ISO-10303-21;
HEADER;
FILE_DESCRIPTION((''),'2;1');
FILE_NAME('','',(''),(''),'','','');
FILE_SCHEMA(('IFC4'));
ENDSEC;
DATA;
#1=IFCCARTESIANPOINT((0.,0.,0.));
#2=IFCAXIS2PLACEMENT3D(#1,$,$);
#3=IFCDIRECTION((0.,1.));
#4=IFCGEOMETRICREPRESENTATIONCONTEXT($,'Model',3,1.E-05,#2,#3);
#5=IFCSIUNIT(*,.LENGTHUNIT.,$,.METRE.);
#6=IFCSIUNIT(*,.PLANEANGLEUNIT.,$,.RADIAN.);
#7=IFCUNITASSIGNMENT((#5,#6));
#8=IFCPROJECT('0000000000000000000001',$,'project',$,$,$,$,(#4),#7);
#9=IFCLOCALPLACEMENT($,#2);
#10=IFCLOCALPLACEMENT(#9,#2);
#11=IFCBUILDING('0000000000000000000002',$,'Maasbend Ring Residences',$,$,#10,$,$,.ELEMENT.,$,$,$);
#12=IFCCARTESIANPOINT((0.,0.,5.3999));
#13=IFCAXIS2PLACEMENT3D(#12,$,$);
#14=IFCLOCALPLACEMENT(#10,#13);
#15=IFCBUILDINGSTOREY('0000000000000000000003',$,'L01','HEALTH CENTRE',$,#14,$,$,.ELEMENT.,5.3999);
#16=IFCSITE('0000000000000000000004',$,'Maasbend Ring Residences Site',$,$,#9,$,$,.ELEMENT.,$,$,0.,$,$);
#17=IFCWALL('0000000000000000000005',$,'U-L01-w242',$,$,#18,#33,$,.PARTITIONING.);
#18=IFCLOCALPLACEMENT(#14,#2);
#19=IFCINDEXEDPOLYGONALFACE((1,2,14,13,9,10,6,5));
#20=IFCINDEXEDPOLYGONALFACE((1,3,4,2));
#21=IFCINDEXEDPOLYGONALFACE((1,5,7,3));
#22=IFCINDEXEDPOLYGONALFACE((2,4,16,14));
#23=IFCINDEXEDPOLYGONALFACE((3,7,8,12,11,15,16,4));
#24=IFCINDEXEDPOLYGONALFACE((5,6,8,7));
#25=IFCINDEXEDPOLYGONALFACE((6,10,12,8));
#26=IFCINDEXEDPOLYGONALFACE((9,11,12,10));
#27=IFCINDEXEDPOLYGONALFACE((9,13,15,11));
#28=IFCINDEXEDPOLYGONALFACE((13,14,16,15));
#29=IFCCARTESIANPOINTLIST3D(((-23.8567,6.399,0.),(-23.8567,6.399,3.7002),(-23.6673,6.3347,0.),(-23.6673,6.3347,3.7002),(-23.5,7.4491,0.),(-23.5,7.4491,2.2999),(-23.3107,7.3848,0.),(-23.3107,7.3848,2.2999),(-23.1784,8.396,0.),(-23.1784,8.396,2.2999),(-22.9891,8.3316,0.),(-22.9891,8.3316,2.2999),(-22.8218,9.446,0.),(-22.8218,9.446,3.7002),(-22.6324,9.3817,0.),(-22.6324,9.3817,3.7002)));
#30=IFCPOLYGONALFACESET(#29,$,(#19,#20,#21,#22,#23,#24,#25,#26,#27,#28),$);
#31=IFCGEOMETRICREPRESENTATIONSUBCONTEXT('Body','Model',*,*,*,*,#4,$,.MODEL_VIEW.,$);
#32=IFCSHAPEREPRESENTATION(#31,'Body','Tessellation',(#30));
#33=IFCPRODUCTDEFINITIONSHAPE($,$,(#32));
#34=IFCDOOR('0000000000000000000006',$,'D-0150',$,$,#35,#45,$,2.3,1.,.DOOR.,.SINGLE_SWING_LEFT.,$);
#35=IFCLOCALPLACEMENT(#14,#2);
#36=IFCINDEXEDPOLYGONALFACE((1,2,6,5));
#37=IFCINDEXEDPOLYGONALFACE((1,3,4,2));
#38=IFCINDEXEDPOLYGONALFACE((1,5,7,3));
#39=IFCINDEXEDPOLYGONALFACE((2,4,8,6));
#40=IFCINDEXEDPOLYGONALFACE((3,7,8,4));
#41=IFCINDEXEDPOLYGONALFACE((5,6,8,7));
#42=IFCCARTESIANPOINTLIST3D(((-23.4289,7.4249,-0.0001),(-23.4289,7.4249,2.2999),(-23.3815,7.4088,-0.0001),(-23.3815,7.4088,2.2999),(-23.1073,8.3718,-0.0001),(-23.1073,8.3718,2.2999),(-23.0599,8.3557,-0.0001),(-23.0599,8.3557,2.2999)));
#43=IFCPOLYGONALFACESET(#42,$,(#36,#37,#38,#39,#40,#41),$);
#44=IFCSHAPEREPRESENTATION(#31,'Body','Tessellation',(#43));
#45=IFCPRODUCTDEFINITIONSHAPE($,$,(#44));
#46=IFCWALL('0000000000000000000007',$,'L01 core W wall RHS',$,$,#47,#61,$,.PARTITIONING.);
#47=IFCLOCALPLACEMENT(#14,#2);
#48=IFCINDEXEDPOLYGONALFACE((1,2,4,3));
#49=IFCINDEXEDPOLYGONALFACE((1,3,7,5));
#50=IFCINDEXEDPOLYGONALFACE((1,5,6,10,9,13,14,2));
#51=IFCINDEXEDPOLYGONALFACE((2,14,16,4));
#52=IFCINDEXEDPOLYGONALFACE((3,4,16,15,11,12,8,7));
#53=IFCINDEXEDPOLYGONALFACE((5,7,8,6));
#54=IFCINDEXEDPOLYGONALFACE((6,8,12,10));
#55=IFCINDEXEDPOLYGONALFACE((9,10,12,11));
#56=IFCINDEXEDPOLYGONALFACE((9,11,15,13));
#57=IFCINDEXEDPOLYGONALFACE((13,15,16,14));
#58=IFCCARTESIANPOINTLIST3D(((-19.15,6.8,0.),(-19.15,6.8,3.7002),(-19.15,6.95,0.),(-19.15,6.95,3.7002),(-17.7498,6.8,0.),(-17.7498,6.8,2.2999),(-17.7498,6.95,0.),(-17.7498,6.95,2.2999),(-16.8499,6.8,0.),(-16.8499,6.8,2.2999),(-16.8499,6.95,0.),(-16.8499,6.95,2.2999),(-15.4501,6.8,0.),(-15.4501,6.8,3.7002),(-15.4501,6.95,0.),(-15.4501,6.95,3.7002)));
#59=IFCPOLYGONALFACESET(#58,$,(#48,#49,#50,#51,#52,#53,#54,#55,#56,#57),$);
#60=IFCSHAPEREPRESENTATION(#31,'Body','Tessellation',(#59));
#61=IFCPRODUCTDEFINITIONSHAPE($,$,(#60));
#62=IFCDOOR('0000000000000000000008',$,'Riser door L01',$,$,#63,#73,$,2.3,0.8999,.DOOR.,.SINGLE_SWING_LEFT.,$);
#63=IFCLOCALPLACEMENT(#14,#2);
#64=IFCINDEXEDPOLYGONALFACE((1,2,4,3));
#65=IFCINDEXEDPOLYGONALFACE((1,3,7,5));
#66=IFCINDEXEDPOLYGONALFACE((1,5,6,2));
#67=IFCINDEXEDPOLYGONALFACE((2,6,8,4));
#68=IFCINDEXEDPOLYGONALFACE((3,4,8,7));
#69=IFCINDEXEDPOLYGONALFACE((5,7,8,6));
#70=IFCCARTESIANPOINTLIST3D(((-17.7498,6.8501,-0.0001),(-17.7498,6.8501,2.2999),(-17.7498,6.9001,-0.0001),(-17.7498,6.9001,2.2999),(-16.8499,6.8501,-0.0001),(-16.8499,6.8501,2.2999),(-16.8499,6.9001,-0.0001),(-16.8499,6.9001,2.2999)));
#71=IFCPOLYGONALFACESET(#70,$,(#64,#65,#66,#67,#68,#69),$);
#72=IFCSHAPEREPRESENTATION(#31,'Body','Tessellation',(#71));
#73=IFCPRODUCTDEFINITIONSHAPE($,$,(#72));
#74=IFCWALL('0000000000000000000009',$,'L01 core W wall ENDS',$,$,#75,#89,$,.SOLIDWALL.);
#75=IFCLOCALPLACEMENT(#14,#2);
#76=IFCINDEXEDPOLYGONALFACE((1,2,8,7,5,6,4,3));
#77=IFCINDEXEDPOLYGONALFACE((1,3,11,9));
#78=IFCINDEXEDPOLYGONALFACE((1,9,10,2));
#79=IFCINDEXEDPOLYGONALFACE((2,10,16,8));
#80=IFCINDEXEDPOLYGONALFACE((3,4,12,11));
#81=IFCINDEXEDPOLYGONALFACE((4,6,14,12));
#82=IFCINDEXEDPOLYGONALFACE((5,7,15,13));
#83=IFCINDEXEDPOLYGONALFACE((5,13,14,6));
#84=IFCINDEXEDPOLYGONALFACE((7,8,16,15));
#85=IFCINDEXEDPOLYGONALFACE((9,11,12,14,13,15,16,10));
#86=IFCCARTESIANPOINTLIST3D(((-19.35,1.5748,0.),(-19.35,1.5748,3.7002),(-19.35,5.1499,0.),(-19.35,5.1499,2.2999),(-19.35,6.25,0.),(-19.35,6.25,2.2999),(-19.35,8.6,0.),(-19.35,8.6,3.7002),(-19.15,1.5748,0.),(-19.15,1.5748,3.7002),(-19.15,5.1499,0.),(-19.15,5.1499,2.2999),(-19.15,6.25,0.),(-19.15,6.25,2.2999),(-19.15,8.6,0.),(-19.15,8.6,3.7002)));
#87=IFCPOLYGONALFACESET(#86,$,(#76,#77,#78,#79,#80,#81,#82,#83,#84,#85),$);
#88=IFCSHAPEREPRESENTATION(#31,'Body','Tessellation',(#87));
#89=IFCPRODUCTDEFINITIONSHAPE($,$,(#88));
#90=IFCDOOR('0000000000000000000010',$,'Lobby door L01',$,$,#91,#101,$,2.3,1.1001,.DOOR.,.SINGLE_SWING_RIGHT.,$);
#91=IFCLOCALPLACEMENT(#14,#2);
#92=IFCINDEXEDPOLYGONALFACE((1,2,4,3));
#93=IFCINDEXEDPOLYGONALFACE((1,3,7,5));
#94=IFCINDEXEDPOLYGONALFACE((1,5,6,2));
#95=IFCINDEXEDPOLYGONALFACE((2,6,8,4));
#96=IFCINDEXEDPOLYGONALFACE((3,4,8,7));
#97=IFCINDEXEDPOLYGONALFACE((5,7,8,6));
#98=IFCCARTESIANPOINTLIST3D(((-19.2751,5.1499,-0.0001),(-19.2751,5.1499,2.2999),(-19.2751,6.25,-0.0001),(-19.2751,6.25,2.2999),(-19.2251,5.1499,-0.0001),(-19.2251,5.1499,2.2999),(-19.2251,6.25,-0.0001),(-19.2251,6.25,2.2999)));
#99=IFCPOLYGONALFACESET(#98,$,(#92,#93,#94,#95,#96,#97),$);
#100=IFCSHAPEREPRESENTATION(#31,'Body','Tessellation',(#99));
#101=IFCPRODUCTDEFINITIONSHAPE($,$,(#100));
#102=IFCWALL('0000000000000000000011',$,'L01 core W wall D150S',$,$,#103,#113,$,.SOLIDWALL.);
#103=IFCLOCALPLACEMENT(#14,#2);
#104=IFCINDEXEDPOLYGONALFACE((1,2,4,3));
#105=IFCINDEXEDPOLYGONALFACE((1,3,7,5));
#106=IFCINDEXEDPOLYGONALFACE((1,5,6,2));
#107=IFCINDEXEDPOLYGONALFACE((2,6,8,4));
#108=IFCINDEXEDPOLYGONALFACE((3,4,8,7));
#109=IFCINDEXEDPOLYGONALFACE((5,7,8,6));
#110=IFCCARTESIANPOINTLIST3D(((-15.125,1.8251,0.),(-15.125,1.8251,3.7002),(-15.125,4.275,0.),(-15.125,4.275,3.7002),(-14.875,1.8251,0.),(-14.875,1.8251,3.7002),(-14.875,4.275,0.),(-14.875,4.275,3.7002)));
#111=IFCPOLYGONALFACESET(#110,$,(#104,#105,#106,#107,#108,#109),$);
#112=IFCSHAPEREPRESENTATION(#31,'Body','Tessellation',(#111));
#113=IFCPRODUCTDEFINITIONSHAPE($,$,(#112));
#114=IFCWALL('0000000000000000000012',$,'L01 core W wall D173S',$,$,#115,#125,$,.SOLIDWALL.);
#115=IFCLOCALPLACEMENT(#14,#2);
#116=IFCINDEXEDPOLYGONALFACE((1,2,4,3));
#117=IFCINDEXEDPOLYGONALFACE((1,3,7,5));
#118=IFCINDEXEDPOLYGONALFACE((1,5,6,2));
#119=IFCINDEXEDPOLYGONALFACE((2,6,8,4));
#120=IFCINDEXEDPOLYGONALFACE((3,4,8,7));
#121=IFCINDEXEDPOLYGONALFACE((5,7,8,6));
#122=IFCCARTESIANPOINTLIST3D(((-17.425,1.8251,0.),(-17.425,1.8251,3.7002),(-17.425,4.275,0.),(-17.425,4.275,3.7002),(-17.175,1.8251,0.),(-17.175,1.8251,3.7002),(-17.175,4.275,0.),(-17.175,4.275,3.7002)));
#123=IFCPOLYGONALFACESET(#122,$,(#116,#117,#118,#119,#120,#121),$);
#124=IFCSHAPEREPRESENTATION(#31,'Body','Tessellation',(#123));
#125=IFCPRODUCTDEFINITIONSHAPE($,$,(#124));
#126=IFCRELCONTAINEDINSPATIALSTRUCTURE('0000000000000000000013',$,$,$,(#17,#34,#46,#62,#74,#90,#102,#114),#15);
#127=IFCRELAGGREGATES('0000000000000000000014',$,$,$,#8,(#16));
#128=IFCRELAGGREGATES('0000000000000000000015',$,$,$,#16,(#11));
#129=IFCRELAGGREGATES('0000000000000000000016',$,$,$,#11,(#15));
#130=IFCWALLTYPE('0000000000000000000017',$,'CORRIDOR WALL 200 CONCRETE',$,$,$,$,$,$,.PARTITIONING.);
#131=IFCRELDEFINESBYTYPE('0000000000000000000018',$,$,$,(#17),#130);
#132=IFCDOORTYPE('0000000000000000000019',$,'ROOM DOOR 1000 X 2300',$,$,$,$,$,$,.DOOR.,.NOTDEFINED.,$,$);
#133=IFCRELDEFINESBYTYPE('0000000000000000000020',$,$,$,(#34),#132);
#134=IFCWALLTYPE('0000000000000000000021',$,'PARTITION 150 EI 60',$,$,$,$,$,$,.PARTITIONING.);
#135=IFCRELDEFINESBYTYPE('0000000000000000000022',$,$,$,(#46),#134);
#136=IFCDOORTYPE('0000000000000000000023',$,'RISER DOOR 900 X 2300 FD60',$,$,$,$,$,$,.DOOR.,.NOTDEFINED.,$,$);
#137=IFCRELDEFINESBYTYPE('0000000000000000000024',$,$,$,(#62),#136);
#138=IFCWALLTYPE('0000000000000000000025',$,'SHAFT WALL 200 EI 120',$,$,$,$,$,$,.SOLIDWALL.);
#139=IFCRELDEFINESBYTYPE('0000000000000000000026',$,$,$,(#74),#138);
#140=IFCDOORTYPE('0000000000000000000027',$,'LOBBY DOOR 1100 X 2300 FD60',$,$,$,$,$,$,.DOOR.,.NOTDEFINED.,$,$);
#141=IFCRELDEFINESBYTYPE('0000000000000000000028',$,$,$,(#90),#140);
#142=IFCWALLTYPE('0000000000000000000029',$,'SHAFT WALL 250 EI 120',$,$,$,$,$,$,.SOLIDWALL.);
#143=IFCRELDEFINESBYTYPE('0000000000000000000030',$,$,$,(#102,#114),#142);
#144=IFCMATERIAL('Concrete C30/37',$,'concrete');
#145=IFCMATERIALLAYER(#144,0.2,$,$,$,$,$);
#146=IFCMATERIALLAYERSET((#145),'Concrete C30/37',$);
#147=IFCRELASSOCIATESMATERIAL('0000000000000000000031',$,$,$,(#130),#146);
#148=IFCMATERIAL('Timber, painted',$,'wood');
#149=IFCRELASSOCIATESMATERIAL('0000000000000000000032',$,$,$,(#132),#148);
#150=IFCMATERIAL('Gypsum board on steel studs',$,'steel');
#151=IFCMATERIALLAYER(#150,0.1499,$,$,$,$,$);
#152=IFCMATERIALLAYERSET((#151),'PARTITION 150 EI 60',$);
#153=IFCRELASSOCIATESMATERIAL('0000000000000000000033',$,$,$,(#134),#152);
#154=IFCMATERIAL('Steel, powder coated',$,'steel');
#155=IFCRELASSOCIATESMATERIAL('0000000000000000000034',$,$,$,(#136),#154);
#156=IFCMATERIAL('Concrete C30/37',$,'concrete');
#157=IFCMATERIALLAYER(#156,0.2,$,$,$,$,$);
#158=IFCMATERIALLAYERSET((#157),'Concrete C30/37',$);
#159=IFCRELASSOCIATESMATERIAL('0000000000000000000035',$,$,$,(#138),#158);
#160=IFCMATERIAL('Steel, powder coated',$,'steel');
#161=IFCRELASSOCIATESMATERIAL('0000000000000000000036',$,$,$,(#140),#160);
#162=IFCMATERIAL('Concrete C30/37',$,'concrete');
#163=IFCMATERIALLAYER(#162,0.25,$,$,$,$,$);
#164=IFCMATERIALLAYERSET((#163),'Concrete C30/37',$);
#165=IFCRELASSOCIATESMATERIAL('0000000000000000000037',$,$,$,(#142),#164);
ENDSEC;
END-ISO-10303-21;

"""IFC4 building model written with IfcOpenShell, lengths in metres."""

from ifc_helpers import new_model, si_unit, direction, frame, frame_2d, origin, place, context, subcontext, project, spatial, rectangle, extrude, material, layer, layer_set, type_object, element, fill, save


model = new_model("IFC4")

# Units and contexts
model_context = context("Model", 3, precision=1e-05, world=origin(), true_north=direction((0.0, 1.0)))
body_context = subcontext(model_context, "Body", "Model", "MODEL_VIEW")
ifc_project = project(units=[si_unit("LENGTHUNIT", "METRE"), si_unit("PLANEANGLEUNIT", "RADIAN")], contexts=[model_context])

# Site, building, storey
site_placement = place(None, origin())
site = spatial("IfcSite", under=ifc_project, at=site_placement, Name="Maasbend Ring Residences Site", CompositionType="ELEMENT", RefElevation=0.0)
building_placement = place(site_placement, origin())
building = spatial("IfcBuilding", under=site, at=building_placement, Name="Maasbend Ring Residences", CompositionType="ELEMENT")
storey_placement = place(building_placement, frame((0.0, 0.0, 5.3999)))
storey = spatial("IfcBuildingStorey", under=building, at=storey_placement, Name="L01", Description="HEALTH CENTRE", CompositionType="ELEMENT", Elevation=5.3999)

# Walls, openings, doors
ifc_material_1 = material(Name="Concrete C30/37", Category="concrete")
ifc_layer_1 = layer(ifc_material_1, 0.2)
ifc_layer_set_1 = layer_set([ifc_layer_1], Name="Concrete C30/37")
wall_type_1 = type_object("IfcWallType", Name="CORRIDOR WALL 200 CONCRETE", PredefinedType="PARTITIONING", material=ifc_layer_set_1)
wall_1_placement = place(storey_placement, frame((-23.762, 6.3669, 0.0), z_axis=(0.0, 0.0, 1.0), x_axis=(0.321594, 0.946878, 0.0)))
wall_1 = element("IfcWall", 1, at=wall_1_placement, inside=storey, type_object=wall_type_1, Name="U-L01-w242", PredefinedType="PARTITIONING", context=body_context, shape_type="SweptSolid", body=[
    extrude(rectangle(XDim=3.218, YDim=0.2, at=frame_2d((1.6089, 0.0))), origin(), (0.0, 0.0, 1.0), 3.7002),
])
opening_1_placement = place(wall_1_placement, frame((1.1089, 0.0, 0.0)))
opening_1 = element("IfcOpeningElement", 2, at=opening_1_placement, cuts=wall_1, PredefinedType="OPENING", context=body_context, shape_type="SweptSolid", body=[
    extrude(rectangle(XDim=1.0, YDim=2.3, at=frame_2d((0.5, 1.1499))), frame((0.0, 0.1099, 0.0), z_axis=(0.0, -1.0, 0.0), x_axis=(1.0, 0.0, 0.0)), (0.0, 0.0, 1.0), 0.22),
])
ifc_material_2 = material(Name="Timber, painted", Category="wood")
door_type_1 = type_object("IfcDoorType", Name="ROOM DOOR 1000 X 2300", OperationType="NOTDEFINED", PredefinedType="DOOR", material=ifc_material_2)
door_1_placement = place(opening_1_placement, origin())
door_1 = element("IfcDoor", 3, at=door_1_placement, inside=storey, type_object=door_type_1, Name="D-0150", OperationType="SINGLE_SWING_LEFT", OverallHeight=2.3, OverallWidth=1.0, PredefinedType="DOOR", context=body_context, shape_type="SweptSolid", body=[
    extrude(rectangle(XDim=1.0, YDim=2.3, at=frame_2d((0.5, 1.1499))), frame((0.0, 0.0249, 0.0), z_axis=(0.0, -1.0, 0.0), x_axis=(1.0, 0.0, 0.0)), (0.0, 0.0, 1.0), 0.05),
])
fill(opening_1, door_1)
ifc_material_3 = material(Name="Gypsum board on steel studs", Category="steel")
ifc_layer_2 = layer(ifc_material_3, 0.1499)
ifc_layer_set_2 = layer_set([ifc_layer_2], Name="PARTITION 150 EI 60")
wall_type_2 = type_object("IfcWallType", Name="PARTITION 150 EI 60", PredefinedType="PARTITIONING", material=ifc_layer_set_2)
wall_2_placement = place(storey_placement, frame((-15.45, 6.875, 0.0), z_axis=(0.0, 0.0, 1.0), x_axis=(-1.0, 0.0, 0.0)))
wall_2 = element("IfcWall", 4, at=wall_2_placement, inside=storey, type_object=wall_type_2, Name="L01 core W wall RHS", PredefinedType="PARTITIONING", context=body_context, shape_type="SweptSolid", body=[
    extrude(rectangle(XDim=3.7, YDim=0.1499, at=frame_2d((1.8501, 0.0))), origin(), (0.0, 0.0, 1.0), 3.7002),
])
opening_2_placement = place(wall_2_placement, frame((1.3999, 0.0, 0.0)))
opening_2 = element("IfcOpeningElement", 5, at=opening_2_placement, cuts=wall_2, PredefinedType="OPENING", context=body_context, shape_type="SweptSolid", body=[
    extrude(rectangle(XDim=0.8999, YDim=2.3, at=frame_2d((0.45, 1.1499))), frame((0.0, 0.085, 0.0), z_axis=(0.0, -1.0, 0.0), x_axis=(1.0, 0.0, 0.0)), (0.0, 0.0, 1.0), 0.1699),
])
ifc_material_4 = material(Name="Steel, powder coated", Category="steel")
door_type_2 = type_object("IfcDoorType", Name="RISER DOOR 900 X 2300 FD60", OperationType="NOTDEFINED", PredefinedType="DOOR", material=ifc_material_4)
door_2_placement = place(opening_2_placement, origin())
door_2 = element("IfcDoor", 6, at=door_2_placement, inside=storey, type_object=door_type_2, Name="Riser door L01", OperationType="SINGLE_SWING_LEFT", OverallHeight=2.3, OverallWidth=0.8999, PredefinedType="DOOR", context=body_context, shape_type="SweptSolid", body=[
    extrude(rectangle(XDim=0.8999, YDim=2.3, at=frame_2d((0.45, 1.1499))), frame((0.0, 0.0249, 0.0), z_axis=(0.0, -1.0, 0.0), x_axis=(1.0, 0.0, 0.0)), (0.0, 0.0, 1.0), 0.05),
])
fill(opening_2, door_2)
ifc_material_5 = material(Name="Concrete C30/37", Category="concrete")
ifc_layer_3 = layer(ifc_material_5, 0.2)
ifc_layer_set_3 = layer_set([ifc_layer_3], Name="Concrete C30/37")
wall_type_3 = type_object("IfcWallType", Name="SHAFT WALL 200 EI 120", PredefinedType="SOLIDWALL", material=ifc_layer_set_3)
wall_3_placement = place(storey_placement, frame((-19.25, 8.6001, 0.0), z_axis=(0.0, 0.0, 1.0), x_axis=(0.0, -1.0, 0.0)))
wall_3 = element("IfcWall", 7, at=wall_3_placement, inside=storey, type_object=wall_type_3, Name="L01 core W wall ENDS", PredefinedType="SOLIDWALL", context=body_context, shape_type="SweptSolid", body=[
    extrude(rectangle(XDim=7.0251, YDim=0.2, at=frame_2d((3.5127, 0.0))), origin(), (0.0, 0.0, 1.0), 3.7002),
])
opening_3_placement = place(wall_3_placement, frame((2.3501, 0.0, 0.0)))
opening_3 = element("IfcOpeningElement", 8, at=opening_3_placement, cuts=wall_3, PredefinedType="OPENING", context=body_context, shape_type="SweptSolid", body=[
    extrude(rectangle(XDim=1.1001, YDim=2.3, at=frame_2d((0.55, 1.1499))), frame((0.0, 0.1099, 0.0), z_axis=(0.0, -1.0, 0.0), x_axis=(1.0, 0.0, 0.0)), (0.0, 0.0, 1.0), 0.22),
])
ifc_material_6 = material(Name="Steel, powder coated", Category="steel")
door_type_3 = type_object("IfcDoorType", Name="LOBBY DOOR 1100 X 2300 FD60", OperationType="NOTDEFINED", PredefinedType="DOOR", material=ifc_material_6)
door_3_placement = place(opening_3_placement, origin())
door_3 = element("IfcDoor", 9, at=door_3_placement, inside=storey, type_object=door_type_3, Name="Lobby door L01", OperationType="SINGLE_SWING_RIGHT", OverallHeight=2.3, OverallWidth=1.1001, PredefinedType="DOOR", context=body_context, shape_type="SweptSolid", body=[
    extrude(rectangle(XDim=1.1001, YDim=2.3, at=frame_2d((0.55, 1.1499))), frame((0.0, 0.0249, 0.0), z_axis=(0.0, -1.0, 0.0), x_axis=(1.0, 0.0, 0.0)), (0.0, 0.0, 1.0), 0.05),
])
fill(opening_3, door_3)

# Walls
ifc_material_7 = material(Name="Concrete C30/37", Category="concrete")
ifc_layer_4 = layer(ifc_material_7, 0.25)
ifc_layer_set_4 = layer_set([ifc_layer_4], Name="Concrete C30/37")
wall_type_4 = type_object("IfcWallType", Name="SHAFT WALL 250 EI 120", PredefinedType="SOLIDWALL", material=ifc_layer_set_4)
for number, where, z_axis, x_axis, name in (
    (10, (-15.0, 1.825, 0.0), (0.0, 0.0, 1.0), (0.0, 1.0, 0.0), "L01 core W wall D150S"),
    (11, (-17.3, 1.825, 0.0), (0.0, 0.0, 1.0), (0.0, 1.0, 0.0), "L01 core W wall D173S"),
):
    element("IfcWall", number, at=place(storey_placement, frame(where, z_axis=z_axis, x_axis=x_axis)), inside=storey, type_object=wall_type_4, Name=name, PredefinedType="SOLIDWALL", context=body_context, shape_type="SweptSolid", body=[
        extrude(rectangle(XDim=2.45, YDim=0.25, at=frame_2d((1.2251, 0.0))), origin(), (0.0, 0.0, 1.0), 3.7002),
    ])

save(model, "model.ifc")
